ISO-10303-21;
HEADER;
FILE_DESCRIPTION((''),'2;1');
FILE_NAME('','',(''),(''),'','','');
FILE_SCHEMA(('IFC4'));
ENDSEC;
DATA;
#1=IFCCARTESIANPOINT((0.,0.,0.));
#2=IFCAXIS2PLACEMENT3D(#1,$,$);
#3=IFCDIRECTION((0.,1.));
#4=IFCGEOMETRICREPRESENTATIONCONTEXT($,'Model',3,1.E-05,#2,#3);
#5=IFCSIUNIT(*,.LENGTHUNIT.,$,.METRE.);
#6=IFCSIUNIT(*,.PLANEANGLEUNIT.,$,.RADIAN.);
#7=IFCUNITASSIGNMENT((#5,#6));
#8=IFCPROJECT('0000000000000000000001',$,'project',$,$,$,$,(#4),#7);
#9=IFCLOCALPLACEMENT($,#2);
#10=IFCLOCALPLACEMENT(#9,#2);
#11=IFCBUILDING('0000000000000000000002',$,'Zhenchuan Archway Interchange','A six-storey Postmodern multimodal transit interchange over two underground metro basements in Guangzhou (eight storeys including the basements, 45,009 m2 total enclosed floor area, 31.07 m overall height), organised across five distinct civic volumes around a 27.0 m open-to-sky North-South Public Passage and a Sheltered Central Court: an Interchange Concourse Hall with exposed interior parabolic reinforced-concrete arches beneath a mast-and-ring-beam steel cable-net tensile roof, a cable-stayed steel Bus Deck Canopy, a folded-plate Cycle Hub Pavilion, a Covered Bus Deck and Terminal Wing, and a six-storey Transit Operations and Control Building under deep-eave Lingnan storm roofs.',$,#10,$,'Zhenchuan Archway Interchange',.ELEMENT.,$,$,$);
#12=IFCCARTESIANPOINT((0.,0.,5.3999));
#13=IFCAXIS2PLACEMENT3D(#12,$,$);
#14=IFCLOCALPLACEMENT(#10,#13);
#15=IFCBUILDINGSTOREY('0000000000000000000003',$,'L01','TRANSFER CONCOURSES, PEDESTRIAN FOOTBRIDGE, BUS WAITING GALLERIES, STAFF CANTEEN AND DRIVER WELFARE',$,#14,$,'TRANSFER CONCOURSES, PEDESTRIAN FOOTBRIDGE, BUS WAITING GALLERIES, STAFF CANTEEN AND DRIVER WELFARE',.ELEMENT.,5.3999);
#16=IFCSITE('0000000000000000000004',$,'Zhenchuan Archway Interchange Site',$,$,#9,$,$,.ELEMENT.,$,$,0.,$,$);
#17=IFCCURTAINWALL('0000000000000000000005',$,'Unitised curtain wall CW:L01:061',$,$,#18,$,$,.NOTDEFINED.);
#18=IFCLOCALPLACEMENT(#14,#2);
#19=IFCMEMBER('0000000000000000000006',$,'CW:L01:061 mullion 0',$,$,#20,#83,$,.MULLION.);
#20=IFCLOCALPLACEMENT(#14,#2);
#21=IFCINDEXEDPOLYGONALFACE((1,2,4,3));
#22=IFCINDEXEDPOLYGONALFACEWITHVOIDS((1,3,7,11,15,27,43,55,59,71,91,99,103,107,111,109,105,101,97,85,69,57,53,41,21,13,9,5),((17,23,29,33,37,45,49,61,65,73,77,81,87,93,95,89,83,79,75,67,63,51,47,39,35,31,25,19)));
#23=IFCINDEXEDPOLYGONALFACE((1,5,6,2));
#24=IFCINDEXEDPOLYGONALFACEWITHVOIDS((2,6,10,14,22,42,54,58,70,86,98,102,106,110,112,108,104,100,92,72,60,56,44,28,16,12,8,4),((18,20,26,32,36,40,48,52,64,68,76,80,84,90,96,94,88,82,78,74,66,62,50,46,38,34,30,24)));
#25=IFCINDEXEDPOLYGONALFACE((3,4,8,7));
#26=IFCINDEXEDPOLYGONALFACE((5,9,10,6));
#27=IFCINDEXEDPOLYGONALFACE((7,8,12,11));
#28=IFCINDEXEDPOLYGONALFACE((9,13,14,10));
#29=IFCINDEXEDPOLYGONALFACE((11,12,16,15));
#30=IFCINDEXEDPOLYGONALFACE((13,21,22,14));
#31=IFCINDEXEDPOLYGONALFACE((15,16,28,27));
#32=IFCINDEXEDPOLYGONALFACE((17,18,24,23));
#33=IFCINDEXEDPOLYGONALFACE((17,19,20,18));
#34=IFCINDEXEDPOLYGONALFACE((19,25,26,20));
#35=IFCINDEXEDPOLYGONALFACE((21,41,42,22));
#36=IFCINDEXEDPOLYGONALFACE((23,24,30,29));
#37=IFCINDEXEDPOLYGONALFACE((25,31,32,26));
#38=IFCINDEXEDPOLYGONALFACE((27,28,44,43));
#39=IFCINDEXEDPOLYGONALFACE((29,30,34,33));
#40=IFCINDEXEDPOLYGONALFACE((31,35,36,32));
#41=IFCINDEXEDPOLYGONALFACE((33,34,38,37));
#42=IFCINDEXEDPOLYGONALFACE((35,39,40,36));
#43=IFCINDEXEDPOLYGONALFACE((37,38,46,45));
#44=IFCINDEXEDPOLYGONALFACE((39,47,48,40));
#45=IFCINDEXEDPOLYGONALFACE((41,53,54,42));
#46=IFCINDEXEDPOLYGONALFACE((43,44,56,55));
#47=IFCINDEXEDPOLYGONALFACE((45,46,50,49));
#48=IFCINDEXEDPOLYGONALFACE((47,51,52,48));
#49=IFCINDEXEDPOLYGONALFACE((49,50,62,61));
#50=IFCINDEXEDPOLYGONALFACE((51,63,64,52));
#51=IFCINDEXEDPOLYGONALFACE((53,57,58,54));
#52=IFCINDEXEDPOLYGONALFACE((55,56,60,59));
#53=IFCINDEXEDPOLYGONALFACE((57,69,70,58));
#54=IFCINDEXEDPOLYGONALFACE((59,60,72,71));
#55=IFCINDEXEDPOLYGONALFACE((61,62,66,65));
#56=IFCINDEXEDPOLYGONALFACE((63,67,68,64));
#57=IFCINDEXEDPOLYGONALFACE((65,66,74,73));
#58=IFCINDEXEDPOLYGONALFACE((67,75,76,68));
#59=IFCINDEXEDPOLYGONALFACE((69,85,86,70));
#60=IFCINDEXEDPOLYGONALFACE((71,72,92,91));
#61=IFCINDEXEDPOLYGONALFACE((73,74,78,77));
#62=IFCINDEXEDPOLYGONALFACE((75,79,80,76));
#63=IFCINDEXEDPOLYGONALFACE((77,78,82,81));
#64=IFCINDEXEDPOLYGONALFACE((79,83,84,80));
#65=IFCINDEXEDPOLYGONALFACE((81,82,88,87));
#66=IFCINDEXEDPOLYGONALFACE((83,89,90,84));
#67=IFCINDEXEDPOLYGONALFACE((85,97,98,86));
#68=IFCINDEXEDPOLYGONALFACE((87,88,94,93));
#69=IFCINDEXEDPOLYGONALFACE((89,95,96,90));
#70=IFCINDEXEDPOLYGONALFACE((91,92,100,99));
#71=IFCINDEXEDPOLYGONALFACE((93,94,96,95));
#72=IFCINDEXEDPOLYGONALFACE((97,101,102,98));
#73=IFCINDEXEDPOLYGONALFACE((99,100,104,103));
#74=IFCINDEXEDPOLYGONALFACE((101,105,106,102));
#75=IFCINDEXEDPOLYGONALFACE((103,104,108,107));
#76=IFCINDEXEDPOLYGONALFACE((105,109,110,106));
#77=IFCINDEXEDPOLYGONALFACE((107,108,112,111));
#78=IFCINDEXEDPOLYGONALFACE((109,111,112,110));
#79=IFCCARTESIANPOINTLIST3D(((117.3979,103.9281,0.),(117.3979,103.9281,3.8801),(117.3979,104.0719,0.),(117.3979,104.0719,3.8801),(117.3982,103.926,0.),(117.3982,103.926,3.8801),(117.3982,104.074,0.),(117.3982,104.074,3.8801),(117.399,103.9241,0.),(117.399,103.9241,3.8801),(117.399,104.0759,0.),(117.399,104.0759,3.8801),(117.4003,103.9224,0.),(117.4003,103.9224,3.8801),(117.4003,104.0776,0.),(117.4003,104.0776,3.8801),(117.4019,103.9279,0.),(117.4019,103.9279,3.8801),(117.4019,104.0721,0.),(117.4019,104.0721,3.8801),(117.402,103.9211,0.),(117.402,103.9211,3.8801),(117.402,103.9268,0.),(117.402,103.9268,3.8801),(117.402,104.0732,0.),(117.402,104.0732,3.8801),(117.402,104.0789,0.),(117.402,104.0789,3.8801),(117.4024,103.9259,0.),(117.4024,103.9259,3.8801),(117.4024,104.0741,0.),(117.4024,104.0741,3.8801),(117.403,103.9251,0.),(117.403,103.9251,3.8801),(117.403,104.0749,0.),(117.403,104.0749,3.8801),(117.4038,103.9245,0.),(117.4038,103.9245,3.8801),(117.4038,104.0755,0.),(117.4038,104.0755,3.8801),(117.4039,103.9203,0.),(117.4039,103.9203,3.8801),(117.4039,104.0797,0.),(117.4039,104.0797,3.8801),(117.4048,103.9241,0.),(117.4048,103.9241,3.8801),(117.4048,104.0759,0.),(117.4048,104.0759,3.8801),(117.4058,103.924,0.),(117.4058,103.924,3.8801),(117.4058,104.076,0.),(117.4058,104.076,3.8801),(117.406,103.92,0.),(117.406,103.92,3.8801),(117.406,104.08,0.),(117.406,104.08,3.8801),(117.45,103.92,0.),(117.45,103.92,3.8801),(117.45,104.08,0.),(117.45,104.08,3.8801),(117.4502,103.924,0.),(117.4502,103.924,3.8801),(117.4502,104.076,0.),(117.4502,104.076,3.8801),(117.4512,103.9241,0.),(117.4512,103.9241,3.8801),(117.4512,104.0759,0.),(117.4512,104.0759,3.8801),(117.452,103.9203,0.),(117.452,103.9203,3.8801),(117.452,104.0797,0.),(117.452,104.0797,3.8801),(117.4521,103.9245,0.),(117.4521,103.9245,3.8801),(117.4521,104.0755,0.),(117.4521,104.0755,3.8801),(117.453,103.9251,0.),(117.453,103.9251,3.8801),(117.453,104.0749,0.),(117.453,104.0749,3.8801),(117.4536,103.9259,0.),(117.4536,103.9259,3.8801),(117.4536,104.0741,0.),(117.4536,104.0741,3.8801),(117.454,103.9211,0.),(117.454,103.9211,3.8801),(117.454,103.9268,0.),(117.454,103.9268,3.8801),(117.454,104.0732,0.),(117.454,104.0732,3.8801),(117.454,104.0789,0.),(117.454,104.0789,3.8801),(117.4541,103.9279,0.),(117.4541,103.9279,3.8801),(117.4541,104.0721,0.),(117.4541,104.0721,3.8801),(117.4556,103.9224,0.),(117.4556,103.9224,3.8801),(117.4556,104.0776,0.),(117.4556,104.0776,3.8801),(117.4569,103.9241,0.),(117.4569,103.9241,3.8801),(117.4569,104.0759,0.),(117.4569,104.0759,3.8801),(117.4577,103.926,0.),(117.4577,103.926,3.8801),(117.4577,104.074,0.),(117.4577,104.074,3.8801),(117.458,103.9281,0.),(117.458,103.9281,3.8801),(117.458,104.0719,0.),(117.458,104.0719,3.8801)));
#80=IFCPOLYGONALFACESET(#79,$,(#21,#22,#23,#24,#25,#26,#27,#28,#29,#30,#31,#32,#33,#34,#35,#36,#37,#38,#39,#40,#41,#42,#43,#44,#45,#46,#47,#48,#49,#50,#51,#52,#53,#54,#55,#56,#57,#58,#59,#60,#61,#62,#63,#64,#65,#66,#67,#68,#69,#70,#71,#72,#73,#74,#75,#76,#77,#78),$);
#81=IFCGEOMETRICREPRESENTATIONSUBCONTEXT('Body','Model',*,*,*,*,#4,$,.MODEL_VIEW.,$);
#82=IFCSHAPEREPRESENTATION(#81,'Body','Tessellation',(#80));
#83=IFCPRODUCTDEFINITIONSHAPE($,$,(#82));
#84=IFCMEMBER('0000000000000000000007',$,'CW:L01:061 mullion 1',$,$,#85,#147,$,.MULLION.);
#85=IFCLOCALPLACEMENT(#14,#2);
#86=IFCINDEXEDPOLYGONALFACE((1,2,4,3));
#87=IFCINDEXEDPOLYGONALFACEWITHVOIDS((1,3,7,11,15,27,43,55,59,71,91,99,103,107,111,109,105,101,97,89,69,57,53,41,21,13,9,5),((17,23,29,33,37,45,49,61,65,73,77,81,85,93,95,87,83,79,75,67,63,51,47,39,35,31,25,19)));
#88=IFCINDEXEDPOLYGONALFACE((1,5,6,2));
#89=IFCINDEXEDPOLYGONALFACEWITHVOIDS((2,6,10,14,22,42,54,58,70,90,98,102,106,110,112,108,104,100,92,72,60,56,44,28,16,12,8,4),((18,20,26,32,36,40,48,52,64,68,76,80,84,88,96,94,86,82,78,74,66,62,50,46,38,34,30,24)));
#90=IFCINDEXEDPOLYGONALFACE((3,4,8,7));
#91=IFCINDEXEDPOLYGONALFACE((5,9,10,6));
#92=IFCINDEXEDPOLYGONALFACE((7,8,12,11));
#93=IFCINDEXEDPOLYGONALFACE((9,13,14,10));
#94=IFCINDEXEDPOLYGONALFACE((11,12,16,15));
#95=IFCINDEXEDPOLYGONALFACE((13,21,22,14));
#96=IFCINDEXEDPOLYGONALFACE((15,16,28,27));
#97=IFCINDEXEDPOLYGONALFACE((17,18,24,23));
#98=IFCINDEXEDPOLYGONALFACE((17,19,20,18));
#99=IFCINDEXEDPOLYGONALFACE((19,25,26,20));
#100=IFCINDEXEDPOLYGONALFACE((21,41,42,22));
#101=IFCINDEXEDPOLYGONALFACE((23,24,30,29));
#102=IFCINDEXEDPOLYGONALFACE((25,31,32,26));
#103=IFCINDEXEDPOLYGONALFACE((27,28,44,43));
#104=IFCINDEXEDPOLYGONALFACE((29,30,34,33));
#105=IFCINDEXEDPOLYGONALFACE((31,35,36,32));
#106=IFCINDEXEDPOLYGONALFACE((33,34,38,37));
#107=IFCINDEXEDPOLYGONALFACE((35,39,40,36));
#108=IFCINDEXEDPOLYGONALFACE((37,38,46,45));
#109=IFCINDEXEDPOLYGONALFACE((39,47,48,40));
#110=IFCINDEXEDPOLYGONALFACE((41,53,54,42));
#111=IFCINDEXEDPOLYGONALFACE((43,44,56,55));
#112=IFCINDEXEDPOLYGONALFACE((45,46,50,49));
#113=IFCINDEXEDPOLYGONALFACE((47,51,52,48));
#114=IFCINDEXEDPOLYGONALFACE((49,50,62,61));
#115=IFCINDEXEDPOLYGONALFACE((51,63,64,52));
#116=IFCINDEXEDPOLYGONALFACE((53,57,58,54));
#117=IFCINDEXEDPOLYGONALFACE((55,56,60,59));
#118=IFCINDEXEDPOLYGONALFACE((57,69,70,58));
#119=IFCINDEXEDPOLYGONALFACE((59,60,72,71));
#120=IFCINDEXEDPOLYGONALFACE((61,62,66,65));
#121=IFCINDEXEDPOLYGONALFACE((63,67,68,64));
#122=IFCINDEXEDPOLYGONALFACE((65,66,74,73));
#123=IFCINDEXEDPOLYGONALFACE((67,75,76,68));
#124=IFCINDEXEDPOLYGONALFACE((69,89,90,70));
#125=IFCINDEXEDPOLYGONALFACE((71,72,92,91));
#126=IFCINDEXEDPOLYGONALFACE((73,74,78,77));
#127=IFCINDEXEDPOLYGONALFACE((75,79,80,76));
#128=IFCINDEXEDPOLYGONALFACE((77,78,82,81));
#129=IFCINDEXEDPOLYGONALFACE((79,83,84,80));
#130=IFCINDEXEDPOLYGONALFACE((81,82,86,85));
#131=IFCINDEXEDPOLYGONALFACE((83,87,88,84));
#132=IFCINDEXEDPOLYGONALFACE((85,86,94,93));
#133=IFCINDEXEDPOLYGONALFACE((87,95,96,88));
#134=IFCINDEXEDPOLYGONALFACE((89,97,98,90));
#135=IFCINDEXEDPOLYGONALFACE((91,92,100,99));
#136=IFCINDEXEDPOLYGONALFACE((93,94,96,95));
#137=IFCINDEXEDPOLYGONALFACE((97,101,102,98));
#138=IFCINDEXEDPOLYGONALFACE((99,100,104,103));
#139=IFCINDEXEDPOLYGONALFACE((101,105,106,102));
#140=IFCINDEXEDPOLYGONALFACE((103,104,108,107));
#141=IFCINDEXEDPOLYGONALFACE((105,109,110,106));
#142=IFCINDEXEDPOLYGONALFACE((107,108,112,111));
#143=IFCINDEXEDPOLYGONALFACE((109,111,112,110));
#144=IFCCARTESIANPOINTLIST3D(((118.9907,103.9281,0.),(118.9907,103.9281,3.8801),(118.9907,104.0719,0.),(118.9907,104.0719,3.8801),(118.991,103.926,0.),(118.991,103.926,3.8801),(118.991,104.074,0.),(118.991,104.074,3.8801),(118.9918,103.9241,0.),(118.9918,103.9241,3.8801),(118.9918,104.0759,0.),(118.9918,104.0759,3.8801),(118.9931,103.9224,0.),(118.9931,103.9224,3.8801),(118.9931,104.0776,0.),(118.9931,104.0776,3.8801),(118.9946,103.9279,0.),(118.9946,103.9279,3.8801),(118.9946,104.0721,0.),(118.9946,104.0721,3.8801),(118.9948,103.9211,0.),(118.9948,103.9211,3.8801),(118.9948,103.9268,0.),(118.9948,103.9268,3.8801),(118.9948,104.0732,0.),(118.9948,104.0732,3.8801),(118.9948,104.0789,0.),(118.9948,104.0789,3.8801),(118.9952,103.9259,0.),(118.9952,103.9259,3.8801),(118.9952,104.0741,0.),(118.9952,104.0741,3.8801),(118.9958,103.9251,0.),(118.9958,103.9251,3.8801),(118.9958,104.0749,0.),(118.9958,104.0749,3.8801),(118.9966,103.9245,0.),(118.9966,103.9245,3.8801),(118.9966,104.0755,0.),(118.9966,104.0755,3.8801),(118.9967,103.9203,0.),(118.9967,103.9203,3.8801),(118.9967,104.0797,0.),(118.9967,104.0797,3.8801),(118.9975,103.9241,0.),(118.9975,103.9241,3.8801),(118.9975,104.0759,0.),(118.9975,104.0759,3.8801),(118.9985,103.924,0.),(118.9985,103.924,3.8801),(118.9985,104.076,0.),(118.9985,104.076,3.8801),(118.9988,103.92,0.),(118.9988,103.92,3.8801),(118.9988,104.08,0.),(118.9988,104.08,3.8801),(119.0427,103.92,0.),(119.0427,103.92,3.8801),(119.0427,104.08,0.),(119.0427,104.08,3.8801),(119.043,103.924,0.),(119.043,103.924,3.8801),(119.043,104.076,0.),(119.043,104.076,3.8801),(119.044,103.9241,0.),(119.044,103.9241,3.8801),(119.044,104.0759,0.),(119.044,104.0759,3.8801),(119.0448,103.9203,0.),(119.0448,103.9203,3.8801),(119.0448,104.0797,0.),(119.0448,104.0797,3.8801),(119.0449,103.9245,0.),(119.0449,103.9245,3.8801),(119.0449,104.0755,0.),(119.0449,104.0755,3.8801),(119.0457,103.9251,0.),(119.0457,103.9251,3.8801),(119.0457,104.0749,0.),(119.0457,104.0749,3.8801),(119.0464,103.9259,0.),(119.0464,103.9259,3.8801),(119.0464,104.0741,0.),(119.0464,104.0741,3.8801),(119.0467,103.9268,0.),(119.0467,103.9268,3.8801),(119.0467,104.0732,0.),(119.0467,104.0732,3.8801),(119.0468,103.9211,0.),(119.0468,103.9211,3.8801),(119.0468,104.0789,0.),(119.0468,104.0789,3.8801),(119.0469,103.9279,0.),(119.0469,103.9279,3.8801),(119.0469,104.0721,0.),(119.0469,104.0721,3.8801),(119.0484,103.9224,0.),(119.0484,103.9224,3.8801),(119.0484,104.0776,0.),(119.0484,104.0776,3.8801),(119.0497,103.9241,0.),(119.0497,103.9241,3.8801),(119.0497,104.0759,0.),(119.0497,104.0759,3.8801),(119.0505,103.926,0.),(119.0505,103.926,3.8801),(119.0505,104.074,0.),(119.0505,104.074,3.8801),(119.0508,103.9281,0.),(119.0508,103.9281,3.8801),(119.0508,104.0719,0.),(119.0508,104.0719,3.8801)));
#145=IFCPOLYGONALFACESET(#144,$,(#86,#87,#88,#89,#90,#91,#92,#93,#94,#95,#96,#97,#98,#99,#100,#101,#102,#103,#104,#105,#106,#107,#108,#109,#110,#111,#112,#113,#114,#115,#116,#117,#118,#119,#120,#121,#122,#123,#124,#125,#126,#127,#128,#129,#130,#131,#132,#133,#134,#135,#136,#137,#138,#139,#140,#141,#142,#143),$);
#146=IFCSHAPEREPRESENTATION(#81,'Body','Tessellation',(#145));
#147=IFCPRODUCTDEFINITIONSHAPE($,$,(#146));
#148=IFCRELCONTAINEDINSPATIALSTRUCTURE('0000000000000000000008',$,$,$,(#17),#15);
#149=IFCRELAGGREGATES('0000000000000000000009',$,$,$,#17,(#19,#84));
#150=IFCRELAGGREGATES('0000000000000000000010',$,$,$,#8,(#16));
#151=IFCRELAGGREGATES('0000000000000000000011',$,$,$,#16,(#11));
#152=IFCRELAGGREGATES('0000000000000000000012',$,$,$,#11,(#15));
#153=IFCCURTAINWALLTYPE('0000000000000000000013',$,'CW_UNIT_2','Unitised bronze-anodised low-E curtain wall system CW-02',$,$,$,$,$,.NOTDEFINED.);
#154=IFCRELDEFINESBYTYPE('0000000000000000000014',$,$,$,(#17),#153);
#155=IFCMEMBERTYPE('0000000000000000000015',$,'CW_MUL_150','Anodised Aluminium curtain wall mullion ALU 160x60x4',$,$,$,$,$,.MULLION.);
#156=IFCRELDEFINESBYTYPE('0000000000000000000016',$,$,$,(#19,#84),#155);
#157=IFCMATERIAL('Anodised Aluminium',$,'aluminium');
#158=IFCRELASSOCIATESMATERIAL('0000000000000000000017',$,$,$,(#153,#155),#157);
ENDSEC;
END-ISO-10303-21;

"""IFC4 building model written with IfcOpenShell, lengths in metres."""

from ifc_helpers import new_model, si_unit, direction, frame, origin, origin_2d, place, context, subcontext, project, spatial, hollow_rectangle, extrude, material, material_profile, profile_set, type_object, element, aggregate, save


model = new_model("IFC4")

# Units and contexts
model_context = context("Model", 3, precision=1e-05, world=origin(), true_north=direction((0.0, 1.0)))
body_context = subcontext(model_context, "Body", "Model", "MODEL_VIEW")
ifc_project = project(units=[si_unit("LENGTHUNIT", "METRE"), si_unit("PLANEANGLEUNIT", "RADIAN")], contexts=[model_context])

# Site, building, storey
site_placement = place(None, origin())
site = spatial("IfcSite", under=ifc_project, at=site_placement, Name="Zhenchuan Archway Interchange Site", CompositionType="ELEMENT", RefElevation=0.0)
building_placement = place(site_placement, origin())
building = spatial("IfcBuilding", under=site, at=building_placement, Name="Zhenchuan Archway Interchange", Description="A six-storey Postmodern multimodal transit interchange over two underground metro basements in Guangzhou (eight storeys including the basements, 45,009 m2 total enclosed floor area, 31.07 m overall height), organised across five distinct civic volumes around a 27.0 m open-to-sky North-South Public Passage and a Sheltered Central Court: an Interchange Concourse Hall with exposed interior parabolic reinforced-concrete arches beneath a mast-and-ring-beam steel cable-net tensile roof, a cable-stayed steel Bus Deck Canopy, a folded-plate Cycle Hub Pavilion, a Covered Bus Deck and Terminal Wing, and a six-storey Transit Operations and Control Building under deep-eave Lingnan storm roofs.", LongName="Zhenchuan Archway Interchange", CompositionType="ELEMENT")
storey_placement = place(building_placement, frame((0.0, 0.0, 5.3999)))
storey = spatial("IfcBuildingStorey", under=building, at=storey_placement, Name="L01", Description="TRANSFER CONCOURSES, PEDESTRIAN FOOTBRIDGE, BUS WAITING GALLERIES, STAFF CANTEEN AND DRIVER WELFARE", LongName="TRANSFER CONCOURSES, PEDESTRIAN FOOTBRIDGE, BUS WAITING GALLERIES, STAFF CANTEEN AND DRIVER WELFARE", CompositionType="ELEMENT", Elevation=5.3999)

# Curtain wall, members
ifc_material_1 = material(Name="Anodised Aluminium", Category="aluminium")
curtain_wall_type = type_object("IfcCurtainWallType", Name="CW_UNIT_2", Description="Unitised bronze-anodised low-E curtain wall system CW-02", PredefinedType="NOTDEFINED", material=ifc_material_1)
curtain_wall_placement = place(storey_placement, origin())
curtain_wall = element("IfcCurtainWall", 1, at=curtain_wall_placement, inside=storey, type_object=curtain_wall_type, Name="Unitised curtain wall CW:L01:061", PredefinedType="NOTDEFINED")
ifc_material_profile_1 = material_profile(ifc_material_1, hollow_rectangle(XDim=0.0601, YDim=0.1599, WallThickness=0.0039, InnerFilletRadius=0.0039, OuterFilletRadius=0.0081, at=origin_2d()), Name="ALU 160x60x4")
ifc_profile_set_1 = profile_set([ifc_material_profile_1], Name="Anodised Aluminium")
member_type_1 = type_object("IfcMemberType", Name="CW_MUL_150", Description="Anodised Aluminium curtain wall mullion ALU 160x60x4", PredefinedType="MULLION", material=ifc_profile_set_1)
member_1_placement = place(storey_placement, frame((117.428, 104.0, 0.0), z_axis=(0.0, 0.0, 1.0), x_axis=(1.0, 0.0, 0.0)))
member_1 = element("IfcMember", 2, at=member_1_placement, type_object=member_type_1, Name="CW:L01:061 mullion 0", PredefinedType="MULLION", context=body_context, shape_type="SweptSolid", body=[
    extrude(hollow_rectangle(XDim=0.0601, YDim=0.1599, WallThickness=0.0039, InnerFilletRadius=0.0039, OuterFilletRadius=0.0081, at=origin_2d()), origin(), (0.0, 0.0, 1.0), 3.8801),
])
member_2_placement = place(storey_placement, frame((119.0208, 104.0, 0.0), z_axis=(0.0, 0.0, 1.0), x_axis=(1.0, 0.0, 0.0)))
member_2 = element("IfcMember", 3, at=member_2_placement, type_object=member_type_1, Name="CW:L01:061 mullion 1", PredefinedType="MULLION", context=body_context, shape_type="SweptSolid", body=[
    extrude(hollow_rectangle(XDim=0.0601, YDim=0.1599, WallThickness=0.0039, InnerFilletRadius=0.0039, OuterFilletRadius=0.0081, at=origin_2d()), origin(), (0.0, 0.0, 1.0), 3.8801),
])

aggregate(curtain_wall, [member_1, member_2])

save(model, "model.ifc")
